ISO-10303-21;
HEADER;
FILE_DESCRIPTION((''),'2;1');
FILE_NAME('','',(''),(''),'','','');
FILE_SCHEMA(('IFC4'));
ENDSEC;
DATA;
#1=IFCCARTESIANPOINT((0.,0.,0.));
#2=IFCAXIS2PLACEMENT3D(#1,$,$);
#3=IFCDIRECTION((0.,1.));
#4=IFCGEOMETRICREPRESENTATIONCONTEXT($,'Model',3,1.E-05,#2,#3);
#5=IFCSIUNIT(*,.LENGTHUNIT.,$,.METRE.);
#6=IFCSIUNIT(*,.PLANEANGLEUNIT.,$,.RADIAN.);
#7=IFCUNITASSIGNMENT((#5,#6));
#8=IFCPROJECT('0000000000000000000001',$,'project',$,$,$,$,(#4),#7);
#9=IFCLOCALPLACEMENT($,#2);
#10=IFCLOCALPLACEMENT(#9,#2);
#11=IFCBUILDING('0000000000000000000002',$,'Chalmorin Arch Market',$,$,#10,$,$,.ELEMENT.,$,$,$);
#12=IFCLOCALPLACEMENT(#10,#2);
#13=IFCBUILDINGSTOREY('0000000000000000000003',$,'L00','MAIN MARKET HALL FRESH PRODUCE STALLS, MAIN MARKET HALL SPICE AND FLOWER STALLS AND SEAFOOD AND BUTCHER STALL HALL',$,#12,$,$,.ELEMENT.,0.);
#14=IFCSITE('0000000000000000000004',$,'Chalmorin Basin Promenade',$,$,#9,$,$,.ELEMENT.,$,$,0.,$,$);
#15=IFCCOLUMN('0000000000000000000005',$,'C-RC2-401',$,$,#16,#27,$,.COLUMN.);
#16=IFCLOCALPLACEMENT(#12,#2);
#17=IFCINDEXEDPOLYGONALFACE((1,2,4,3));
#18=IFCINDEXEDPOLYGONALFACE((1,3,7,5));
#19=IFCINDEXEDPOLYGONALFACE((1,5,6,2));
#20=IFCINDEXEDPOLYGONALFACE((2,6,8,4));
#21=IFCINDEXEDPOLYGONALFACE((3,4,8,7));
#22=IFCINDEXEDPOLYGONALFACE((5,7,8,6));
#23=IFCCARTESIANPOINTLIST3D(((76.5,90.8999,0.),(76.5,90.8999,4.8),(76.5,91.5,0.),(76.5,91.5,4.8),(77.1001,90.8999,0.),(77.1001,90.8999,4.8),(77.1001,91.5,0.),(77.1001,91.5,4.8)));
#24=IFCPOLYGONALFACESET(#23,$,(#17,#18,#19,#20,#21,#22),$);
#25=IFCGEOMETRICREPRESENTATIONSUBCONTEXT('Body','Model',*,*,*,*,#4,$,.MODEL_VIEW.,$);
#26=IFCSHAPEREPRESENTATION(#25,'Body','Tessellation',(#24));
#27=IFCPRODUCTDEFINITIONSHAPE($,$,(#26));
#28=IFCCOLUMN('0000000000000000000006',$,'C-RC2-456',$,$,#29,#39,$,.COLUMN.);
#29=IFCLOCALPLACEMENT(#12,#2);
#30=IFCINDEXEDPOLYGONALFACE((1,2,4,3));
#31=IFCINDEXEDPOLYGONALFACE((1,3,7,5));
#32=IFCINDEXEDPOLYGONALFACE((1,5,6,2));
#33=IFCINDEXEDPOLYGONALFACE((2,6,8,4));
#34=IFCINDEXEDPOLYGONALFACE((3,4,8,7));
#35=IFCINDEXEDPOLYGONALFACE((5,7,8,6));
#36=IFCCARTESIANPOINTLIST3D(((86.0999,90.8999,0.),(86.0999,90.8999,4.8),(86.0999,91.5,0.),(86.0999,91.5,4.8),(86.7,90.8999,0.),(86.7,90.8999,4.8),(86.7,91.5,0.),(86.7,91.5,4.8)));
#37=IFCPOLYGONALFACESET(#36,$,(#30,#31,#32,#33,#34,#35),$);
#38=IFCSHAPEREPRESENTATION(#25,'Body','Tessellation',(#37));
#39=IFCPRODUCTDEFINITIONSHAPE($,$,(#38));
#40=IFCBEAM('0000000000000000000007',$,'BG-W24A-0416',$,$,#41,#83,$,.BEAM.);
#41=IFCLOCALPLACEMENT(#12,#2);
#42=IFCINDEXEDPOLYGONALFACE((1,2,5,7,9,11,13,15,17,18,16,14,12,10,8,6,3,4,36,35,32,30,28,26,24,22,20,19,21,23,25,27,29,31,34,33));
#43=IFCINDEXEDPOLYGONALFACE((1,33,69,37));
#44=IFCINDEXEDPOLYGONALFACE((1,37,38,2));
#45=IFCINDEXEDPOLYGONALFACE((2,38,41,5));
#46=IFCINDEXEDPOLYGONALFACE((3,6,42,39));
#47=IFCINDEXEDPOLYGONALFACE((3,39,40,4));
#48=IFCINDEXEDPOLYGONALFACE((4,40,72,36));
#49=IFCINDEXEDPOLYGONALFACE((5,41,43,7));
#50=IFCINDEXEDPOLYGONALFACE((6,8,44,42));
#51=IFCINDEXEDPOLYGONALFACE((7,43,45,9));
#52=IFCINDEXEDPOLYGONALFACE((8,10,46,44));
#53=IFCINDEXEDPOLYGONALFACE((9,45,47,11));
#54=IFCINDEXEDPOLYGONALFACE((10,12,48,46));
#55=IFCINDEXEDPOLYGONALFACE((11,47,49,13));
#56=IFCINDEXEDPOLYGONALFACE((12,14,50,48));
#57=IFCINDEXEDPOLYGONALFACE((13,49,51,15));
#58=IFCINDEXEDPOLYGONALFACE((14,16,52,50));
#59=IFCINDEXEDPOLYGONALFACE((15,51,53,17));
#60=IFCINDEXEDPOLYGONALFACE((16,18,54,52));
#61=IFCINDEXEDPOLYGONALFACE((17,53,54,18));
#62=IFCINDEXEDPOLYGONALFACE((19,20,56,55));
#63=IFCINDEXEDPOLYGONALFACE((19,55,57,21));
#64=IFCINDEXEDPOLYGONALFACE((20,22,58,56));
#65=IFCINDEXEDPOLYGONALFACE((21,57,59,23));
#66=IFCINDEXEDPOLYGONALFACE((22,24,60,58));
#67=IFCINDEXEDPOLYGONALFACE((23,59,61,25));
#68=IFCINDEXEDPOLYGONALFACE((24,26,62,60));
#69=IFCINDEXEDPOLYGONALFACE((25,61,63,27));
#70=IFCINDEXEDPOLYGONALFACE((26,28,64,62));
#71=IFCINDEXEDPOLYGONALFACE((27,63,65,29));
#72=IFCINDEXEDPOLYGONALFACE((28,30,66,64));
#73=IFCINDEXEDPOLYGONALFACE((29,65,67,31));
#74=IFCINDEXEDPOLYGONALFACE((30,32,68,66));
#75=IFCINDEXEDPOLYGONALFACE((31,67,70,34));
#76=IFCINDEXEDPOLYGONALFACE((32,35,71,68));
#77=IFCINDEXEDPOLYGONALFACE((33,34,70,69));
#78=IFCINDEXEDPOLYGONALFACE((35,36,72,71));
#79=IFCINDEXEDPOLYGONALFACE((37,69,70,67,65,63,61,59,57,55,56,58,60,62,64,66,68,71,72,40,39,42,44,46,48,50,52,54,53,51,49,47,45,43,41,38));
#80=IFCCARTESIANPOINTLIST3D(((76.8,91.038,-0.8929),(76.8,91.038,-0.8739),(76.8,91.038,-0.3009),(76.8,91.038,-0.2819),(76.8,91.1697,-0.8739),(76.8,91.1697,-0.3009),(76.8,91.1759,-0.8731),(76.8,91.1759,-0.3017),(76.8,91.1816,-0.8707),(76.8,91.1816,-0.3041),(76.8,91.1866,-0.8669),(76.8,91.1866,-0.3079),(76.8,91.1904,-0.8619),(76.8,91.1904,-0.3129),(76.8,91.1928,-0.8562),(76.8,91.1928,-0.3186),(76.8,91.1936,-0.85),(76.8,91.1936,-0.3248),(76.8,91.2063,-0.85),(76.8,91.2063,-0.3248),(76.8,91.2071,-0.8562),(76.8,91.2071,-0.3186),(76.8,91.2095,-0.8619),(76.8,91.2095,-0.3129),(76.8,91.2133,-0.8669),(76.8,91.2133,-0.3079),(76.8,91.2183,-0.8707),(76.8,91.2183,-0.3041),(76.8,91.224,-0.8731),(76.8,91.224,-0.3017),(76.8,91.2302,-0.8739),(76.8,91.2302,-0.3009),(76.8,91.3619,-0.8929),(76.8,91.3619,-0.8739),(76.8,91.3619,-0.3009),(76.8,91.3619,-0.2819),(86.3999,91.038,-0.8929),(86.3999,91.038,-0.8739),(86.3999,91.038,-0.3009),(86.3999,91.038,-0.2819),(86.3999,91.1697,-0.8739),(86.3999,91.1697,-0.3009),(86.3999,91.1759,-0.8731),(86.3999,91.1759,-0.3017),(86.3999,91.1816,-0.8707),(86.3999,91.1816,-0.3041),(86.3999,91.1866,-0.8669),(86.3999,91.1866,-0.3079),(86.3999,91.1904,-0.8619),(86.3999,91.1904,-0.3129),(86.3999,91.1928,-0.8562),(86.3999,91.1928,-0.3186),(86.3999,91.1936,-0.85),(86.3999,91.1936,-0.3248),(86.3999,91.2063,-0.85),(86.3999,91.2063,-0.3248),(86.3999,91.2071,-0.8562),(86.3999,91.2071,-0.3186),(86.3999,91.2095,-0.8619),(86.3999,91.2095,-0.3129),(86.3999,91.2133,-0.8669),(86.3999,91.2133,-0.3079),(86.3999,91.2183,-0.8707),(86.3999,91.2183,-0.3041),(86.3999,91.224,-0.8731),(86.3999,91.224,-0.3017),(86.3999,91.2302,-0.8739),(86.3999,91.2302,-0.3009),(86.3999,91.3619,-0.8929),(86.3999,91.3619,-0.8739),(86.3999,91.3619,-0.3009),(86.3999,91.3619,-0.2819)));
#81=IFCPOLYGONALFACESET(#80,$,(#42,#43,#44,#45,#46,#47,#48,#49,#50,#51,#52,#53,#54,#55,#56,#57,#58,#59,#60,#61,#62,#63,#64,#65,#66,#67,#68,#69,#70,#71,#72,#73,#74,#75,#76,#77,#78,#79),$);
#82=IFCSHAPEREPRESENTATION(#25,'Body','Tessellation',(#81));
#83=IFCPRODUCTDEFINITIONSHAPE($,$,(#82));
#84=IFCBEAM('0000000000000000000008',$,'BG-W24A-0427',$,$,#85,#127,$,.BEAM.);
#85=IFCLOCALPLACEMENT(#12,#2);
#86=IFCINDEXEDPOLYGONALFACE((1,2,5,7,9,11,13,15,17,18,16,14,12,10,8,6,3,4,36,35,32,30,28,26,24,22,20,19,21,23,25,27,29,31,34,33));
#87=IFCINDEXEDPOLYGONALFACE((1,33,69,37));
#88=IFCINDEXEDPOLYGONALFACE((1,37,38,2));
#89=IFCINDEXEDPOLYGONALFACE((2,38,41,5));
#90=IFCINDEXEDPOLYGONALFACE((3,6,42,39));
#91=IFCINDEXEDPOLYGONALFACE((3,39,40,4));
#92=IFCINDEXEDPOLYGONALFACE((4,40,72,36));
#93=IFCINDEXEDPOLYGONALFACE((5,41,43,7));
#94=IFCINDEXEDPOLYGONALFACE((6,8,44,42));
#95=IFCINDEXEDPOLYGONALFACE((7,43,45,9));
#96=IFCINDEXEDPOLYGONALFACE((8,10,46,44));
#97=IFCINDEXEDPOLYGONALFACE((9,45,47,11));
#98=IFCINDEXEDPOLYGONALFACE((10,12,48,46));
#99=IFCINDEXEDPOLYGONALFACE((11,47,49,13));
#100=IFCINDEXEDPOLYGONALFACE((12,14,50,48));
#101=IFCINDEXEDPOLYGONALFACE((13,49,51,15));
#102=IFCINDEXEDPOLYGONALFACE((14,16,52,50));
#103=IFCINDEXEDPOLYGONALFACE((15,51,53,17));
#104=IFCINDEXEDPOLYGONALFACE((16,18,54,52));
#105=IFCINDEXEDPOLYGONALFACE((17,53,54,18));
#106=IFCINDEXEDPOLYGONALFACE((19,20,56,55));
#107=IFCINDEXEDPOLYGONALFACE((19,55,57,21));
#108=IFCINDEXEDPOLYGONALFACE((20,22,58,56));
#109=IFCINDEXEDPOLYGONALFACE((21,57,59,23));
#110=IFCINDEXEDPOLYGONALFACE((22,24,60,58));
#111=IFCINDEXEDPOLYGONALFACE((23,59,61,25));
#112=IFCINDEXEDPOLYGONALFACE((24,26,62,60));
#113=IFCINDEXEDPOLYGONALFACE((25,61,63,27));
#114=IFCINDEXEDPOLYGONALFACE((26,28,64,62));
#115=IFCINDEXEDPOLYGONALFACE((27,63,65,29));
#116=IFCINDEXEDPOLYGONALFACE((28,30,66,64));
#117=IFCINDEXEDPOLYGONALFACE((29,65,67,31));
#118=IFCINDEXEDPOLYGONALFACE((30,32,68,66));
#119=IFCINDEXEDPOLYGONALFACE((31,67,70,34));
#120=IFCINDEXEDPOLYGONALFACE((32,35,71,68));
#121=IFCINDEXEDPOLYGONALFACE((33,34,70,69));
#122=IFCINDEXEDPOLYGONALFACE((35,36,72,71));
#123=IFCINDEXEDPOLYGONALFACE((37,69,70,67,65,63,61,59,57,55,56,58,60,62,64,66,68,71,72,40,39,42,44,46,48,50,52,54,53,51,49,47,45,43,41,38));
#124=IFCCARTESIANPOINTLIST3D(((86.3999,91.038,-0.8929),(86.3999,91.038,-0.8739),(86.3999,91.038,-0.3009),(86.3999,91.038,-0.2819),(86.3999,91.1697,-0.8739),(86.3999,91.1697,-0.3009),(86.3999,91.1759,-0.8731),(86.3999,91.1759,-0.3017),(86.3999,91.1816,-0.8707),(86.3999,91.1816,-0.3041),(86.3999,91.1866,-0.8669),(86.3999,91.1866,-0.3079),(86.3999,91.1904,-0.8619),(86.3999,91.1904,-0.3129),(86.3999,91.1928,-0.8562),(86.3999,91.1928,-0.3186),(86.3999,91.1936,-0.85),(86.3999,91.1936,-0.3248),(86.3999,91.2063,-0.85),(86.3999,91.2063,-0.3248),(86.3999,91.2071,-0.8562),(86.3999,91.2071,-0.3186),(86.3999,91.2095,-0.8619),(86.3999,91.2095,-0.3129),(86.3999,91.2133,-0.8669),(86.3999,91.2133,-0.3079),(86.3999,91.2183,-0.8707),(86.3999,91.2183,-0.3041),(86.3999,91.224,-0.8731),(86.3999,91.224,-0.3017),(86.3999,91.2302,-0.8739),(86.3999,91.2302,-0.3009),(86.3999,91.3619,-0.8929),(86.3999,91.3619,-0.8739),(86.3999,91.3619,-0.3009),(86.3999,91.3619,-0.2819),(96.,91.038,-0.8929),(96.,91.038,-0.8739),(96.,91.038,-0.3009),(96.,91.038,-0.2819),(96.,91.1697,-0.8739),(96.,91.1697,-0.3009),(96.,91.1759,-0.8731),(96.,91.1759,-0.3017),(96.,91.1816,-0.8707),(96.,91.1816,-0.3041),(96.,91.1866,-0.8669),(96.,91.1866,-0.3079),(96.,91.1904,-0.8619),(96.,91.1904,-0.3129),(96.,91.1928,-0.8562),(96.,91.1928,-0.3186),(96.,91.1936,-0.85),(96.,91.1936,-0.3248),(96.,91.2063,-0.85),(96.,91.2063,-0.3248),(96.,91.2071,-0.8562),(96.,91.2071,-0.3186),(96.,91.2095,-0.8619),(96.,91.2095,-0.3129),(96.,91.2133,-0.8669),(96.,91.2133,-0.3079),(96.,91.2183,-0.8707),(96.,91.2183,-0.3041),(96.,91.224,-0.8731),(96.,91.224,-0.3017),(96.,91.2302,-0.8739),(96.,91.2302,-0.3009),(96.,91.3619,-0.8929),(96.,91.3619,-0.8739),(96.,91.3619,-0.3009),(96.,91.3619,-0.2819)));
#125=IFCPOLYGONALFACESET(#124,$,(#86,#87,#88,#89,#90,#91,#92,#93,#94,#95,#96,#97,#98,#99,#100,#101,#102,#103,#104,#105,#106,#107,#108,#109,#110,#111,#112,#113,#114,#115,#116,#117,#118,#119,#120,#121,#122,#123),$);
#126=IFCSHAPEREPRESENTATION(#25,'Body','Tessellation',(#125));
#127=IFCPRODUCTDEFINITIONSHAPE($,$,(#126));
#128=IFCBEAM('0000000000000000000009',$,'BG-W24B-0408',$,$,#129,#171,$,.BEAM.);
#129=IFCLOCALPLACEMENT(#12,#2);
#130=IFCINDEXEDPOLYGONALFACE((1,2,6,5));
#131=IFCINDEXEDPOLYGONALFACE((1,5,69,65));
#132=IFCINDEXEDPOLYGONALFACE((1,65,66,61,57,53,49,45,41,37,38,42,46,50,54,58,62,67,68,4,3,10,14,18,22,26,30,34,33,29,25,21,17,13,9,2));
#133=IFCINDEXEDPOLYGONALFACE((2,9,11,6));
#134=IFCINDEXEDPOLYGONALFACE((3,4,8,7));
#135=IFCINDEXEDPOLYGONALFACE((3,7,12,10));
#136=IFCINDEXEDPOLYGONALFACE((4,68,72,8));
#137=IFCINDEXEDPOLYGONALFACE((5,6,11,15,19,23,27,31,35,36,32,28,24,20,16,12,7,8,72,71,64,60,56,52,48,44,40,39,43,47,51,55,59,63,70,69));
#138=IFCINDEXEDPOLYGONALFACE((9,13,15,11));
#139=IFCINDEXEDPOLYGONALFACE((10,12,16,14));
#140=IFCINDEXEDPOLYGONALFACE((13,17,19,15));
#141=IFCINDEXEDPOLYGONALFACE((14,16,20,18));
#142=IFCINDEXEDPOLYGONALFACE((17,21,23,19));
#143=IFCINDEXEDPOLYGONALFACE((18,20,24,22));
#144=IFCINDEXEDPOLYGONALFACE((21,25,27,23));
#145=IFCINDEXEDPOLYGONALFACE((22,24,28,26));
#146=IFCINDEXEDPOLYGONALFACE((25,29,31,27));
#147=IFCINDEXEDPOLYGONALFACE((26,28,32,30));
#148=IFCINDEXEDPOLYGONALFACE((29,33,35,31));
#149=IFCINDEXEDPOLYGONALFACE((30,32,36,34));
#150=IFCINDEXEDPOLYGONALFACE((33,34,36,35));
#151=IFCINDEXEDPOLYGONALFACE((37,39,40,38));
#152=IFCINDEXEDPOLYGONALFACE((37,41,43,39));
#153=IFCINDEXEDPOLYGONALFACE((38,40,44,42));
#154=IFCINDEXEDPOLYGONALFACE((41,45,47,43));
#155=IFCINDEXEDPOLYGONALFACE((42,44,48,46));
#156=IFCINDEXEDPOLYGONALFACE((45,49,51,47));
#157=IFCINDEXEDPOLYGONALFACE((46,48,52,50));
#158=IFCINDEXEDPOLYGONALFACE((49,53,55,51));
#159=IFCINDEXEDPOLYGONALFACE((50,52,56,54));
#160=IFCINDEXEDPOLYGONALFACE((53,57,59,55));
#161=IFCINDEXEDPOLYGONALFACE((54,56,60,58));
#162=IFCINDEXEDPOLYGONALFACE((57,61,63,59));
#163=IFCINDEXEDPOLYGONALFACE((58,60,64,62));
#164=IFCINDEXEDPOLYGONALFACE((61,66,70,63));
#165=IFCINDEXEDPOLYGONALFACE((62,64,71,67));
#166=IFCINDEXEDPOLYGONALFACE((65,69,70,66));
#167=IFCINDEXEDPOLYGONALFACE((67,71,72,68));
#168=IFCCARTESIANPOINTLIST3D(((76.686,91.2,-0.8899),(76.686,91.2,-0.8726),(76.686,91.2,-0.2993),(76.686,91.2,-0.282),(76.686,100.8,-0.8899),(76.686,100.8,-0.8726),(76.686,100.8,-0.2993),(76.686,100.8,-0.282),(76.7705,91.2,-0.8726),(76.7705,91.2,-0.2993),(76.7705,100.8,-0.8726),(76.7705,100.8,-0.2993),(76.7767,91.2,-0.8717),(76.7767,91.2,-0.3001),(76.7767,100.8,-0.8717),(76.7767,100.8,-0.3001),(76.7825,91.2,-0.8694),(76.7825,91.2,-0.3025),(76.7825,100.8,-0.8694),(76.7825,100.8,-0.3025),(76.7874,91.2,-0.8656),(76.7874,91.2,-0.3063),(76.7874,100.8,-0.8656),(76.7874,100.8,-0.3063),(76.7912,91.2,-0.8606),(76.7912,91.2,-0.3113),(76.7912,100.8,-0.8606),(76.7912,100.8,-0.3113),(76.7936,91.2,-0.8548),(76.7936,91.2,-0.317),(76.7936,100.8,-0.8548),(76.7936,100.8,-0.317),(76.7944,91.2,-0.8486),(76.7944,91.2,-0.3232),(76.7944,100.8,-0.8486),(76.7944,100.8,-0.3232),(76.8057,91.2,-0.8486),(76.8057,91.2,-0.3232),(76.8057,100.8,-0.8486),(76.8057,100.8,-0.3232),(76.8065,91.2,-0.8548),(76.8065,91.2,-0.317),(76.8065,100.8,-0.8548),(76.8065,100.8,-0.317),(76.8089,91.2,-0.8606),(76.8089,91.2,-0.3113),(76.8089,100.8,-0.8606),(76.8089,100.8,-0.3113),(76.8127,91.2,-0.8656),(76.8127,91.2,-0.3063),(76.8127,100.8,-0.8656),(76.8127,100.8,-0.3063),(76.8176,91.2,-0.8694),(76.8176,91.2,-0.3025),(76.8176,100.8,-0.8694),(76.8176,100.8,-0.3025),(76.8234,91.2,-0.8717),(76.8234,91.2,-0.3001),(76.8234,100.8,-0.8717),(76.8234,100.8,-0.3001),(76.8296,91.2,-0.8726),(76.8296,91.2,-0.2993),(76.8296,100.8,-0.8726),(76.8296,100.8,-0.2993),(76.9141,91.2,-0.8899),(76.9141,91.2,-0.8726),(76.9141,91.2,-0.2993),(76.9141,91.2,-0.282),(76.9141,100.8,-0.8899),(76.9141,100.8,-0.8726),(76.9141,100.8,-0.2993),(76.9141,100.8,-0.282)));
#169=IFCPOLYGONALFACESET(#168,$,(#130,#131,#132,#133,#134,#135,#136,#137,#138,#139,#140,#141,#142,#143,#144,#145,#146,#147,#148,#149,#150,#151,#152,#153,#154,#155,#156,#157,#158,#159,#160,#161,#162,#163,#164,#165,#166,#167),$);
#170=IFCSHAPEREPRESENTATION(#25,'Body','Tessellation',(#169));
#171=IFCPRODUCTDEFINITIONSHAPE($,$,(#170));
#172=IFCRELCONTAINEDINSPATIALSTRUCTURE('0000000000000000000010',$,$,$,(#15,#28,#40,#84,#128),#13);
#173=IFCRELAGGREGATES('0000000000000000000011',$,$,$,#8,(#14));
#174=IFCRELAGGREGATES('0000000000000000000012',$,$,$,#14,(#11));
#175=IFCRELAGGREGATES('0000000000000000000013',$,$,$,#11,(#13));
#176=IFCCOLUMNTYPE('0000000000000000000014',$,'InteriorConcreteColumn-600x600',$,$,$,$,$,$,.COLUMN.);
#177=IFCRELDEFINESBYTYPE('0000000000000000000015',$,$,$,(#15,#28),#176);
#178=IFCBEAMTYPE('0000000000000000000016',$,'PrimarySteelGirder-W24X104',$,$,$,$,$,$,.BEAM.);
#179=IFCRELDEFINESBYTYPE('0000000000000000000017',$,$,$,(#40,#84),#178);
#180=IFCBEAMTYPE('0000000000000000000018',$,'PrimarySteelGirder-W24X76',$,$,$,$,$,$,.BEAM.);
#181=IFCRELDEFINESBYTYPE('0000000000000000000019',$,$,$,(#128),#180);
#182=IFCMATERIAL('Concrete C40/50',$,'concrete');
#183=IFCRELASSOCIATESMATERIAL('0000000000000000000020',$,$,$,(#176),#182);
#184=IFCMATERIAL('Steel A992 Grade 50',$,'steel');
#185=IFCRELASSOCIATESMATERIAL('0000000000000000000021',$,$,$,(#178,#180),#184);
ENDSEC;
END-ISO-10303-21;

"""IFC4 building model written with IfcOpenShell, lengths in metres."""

from ifc_helpers import new_model, si_unit, direction, frame, origin, origin_2d, place, context, subcontext, project, spatial, rectangle, i_section, extrude, material, material_profile, profile_set, type_object, element, save


model = new_model("IFC4")

# Units and contexts
model_context = context("Model", 3, precision=1e-05, world=origin(), true_north=direction((0.0, 1.0)))
body_context = subcontext(model_context, "Body", "Model", "MODEL_VIEW")
ifc_project = project(units=[si_unit("LENGTHUNIT", "METRE"), si_unit("PLANEANGLEUNIT", "RADIAN")], contexts=[model_context])

# Site, building, storey
site_placement = place(None, origin())
site = spatial("IfcSite", under=ifc_project, at=site_placement, Name="Chalmorin Basin Promenade", CompositionType="ELEMENT", RefElevation=0.0)
building_placement = place(site_placement, origin())
building = spatial("IfcBuilding", under=site, at=building_placement, Name="Chalmorin Arch Market", CompositionType="ELEMENT")
storey_placement = place(building_placement, origin())
storey = spatial("IfcBuildingStorey", under=building, at=storey_placement, Name="L00", Description="MAIN MARKET HALL FRESH PRODUCE STALLS, MAIN MARKET HALL SPICE AND FLOWER STALLS AND SEAFOOD AND BUTCHER STALL HALL", CompositionType="ELEMENT", Elevation=0.0)

# Columns
ifc_material_1 = material(Name="Concrete C40/50", Category="concrete")
ifc_material_profile_1 = material_profile(ifc_material_1, rectangle(XDim=0.6001, YDim=0.6001, at=origin_2d()), Name="RC600X600")
ifc_profile_set_1 = profile_set([ifc_material_profile_1], Name="Concrete C40/50")
column_type = type_object("IfcColumnType", Name="InteriorConcreteColumn-600x600", PredefinedType="COLUMN", material=ifc_profile_set_1)
for number, where, z_axis, x_axis, name in (
    (1, (76.8, 91.2, 0.0), (0.0, 0.0, 1.0), (1.0, 0.0, 0.0), "C-RC2-401"),
    (2, (86.3999, 91.2, 0.0), (0.0, 0.0, 1.0), (1.0, 0.0, 0.0), "C-RC2-456"),
):
    element("IfcColumn", number, at=place(storey_placement, frame(where, z_axis=z_axis, x_axis=x_axis)), inside=storey, type_object=column_type, Name=name, PredefinedType="COLUMN", context=body_context, shape_type="SweptSolid", body=[
        extrude(rectangle(XDim=0.6001, YDim=0.6001, at=origin_2d()), origin(), (0.0, 0.0, 1.0), 4.8),
    ])

# Beams
ifc_material_2 = material(Name="Steel A992 Grade 50", Category="steel")
ifc_material_profile_2 = material_profile(ifc_material_2, i_section(OverallWidth=0.324, OverallDepth=0.6111, WebThickness=0.0127, FlangeThickness=0.019, FilletRadius=0.0239, at=origin_2d()), Name="W24X104")
ifc_profile_set_2 = profile_set([ifc_material_profile_2], Name="Steel A992 Grade 50")
beam_type_1 = type_object("IfcBeamType", Name="PrimarySteelGirder-W24X104", PredefinedType="BEAM", material=ifc_profile_set_2)
beam_1_placement = place(storey_placement, frame((76.8, 91.2, -0.5874), z_axis=(1.0, 0.0, 0.0), x_axis=(0.0, 1.0, 0.0)))
element("IfcBeam", 3, at=beam_1_placement, inside=storey, type_object=beam_type_1, Name="BG-W24A-0416", PredefinedType="BEAM", context=body_context, shape_type="SweptSolid", body=[
    extrude(i_section(OverallWidth=0.324, OverallDepth=0.6111, WebThickness=0.0127, FlangeThickness=0.019, FilletRadius=0.0239, at=origin_2d()), origin(), (0.0, 0.0, 1.0), 9.5999),
])
beam_2_placement = place(storey_placement, frame((86.3999, 91.2, -0.5874), z_axis=(1.0, 0.0, 0.0), x_axis=(0.0, 1.0, 0.0)))
element("IfcBeam", 4, at=beam_2_placement, inside=storey, type_object=beam_type_1, Name="BG-W24A-0427", PredefinedType="BEAM", context=body_context, shape_type="SweptSolid", body=[
    extrude(i_section(OverallWidth=0.324, OverallDepth=0.6111, WebThickness=0.0127, FlangeThickness=0.019, FilletRadius=0.0239, at=origin_2d()), origin(), (0.0, 0.0, 1.0), 9.6001),
])
ifc_material_profile_3 = material_profile(ifc_material_2, i_section(OverallWidth=0.228, OverallDepth=0.6079, WebThickness=0.0112, FlangeThickness=0.0173, FilletRadius=0.0239, at=origin_2d()), Name="W24X76")
ifc_profile_set_3 = profile_set([ifc_material_profile_3], Name="Steel A992 Grade 50")
beam_type_2 = type_object("IfcBeamType", Name="PrimarySteelGirder-W24X76", PredefinedType="BEAM", material=ifc_profile_set_3)
for number, where, z_axis, x_axis, name in (
    (5, (76.8, 91.2, -0.5859), (0.0, 1.0, 0.0), (-1.0, 0.0, 0.0), "BG-W24B-0408"),
):
    element("IfcBeam", number, at=place(storey_placement, frame(where, z_axis=z_axis, x_axis=x_axis)), inside=storey, type_object=beam_type_2, Name=name, PredefinedType="BEAM", context=body_context, shape_type="SweptSolid", body=[
        extrude(i_section(OverallWidth=0.228, OverallDepth=0.6079, WebThickness=0.0112, FlangeThickness=0.0173, FilletRadius=0.0239, at=origin_2d()), origin(), (0.0, 0.0, 1.0), 9.6001),
    ])

save(model, "model.ifc")
